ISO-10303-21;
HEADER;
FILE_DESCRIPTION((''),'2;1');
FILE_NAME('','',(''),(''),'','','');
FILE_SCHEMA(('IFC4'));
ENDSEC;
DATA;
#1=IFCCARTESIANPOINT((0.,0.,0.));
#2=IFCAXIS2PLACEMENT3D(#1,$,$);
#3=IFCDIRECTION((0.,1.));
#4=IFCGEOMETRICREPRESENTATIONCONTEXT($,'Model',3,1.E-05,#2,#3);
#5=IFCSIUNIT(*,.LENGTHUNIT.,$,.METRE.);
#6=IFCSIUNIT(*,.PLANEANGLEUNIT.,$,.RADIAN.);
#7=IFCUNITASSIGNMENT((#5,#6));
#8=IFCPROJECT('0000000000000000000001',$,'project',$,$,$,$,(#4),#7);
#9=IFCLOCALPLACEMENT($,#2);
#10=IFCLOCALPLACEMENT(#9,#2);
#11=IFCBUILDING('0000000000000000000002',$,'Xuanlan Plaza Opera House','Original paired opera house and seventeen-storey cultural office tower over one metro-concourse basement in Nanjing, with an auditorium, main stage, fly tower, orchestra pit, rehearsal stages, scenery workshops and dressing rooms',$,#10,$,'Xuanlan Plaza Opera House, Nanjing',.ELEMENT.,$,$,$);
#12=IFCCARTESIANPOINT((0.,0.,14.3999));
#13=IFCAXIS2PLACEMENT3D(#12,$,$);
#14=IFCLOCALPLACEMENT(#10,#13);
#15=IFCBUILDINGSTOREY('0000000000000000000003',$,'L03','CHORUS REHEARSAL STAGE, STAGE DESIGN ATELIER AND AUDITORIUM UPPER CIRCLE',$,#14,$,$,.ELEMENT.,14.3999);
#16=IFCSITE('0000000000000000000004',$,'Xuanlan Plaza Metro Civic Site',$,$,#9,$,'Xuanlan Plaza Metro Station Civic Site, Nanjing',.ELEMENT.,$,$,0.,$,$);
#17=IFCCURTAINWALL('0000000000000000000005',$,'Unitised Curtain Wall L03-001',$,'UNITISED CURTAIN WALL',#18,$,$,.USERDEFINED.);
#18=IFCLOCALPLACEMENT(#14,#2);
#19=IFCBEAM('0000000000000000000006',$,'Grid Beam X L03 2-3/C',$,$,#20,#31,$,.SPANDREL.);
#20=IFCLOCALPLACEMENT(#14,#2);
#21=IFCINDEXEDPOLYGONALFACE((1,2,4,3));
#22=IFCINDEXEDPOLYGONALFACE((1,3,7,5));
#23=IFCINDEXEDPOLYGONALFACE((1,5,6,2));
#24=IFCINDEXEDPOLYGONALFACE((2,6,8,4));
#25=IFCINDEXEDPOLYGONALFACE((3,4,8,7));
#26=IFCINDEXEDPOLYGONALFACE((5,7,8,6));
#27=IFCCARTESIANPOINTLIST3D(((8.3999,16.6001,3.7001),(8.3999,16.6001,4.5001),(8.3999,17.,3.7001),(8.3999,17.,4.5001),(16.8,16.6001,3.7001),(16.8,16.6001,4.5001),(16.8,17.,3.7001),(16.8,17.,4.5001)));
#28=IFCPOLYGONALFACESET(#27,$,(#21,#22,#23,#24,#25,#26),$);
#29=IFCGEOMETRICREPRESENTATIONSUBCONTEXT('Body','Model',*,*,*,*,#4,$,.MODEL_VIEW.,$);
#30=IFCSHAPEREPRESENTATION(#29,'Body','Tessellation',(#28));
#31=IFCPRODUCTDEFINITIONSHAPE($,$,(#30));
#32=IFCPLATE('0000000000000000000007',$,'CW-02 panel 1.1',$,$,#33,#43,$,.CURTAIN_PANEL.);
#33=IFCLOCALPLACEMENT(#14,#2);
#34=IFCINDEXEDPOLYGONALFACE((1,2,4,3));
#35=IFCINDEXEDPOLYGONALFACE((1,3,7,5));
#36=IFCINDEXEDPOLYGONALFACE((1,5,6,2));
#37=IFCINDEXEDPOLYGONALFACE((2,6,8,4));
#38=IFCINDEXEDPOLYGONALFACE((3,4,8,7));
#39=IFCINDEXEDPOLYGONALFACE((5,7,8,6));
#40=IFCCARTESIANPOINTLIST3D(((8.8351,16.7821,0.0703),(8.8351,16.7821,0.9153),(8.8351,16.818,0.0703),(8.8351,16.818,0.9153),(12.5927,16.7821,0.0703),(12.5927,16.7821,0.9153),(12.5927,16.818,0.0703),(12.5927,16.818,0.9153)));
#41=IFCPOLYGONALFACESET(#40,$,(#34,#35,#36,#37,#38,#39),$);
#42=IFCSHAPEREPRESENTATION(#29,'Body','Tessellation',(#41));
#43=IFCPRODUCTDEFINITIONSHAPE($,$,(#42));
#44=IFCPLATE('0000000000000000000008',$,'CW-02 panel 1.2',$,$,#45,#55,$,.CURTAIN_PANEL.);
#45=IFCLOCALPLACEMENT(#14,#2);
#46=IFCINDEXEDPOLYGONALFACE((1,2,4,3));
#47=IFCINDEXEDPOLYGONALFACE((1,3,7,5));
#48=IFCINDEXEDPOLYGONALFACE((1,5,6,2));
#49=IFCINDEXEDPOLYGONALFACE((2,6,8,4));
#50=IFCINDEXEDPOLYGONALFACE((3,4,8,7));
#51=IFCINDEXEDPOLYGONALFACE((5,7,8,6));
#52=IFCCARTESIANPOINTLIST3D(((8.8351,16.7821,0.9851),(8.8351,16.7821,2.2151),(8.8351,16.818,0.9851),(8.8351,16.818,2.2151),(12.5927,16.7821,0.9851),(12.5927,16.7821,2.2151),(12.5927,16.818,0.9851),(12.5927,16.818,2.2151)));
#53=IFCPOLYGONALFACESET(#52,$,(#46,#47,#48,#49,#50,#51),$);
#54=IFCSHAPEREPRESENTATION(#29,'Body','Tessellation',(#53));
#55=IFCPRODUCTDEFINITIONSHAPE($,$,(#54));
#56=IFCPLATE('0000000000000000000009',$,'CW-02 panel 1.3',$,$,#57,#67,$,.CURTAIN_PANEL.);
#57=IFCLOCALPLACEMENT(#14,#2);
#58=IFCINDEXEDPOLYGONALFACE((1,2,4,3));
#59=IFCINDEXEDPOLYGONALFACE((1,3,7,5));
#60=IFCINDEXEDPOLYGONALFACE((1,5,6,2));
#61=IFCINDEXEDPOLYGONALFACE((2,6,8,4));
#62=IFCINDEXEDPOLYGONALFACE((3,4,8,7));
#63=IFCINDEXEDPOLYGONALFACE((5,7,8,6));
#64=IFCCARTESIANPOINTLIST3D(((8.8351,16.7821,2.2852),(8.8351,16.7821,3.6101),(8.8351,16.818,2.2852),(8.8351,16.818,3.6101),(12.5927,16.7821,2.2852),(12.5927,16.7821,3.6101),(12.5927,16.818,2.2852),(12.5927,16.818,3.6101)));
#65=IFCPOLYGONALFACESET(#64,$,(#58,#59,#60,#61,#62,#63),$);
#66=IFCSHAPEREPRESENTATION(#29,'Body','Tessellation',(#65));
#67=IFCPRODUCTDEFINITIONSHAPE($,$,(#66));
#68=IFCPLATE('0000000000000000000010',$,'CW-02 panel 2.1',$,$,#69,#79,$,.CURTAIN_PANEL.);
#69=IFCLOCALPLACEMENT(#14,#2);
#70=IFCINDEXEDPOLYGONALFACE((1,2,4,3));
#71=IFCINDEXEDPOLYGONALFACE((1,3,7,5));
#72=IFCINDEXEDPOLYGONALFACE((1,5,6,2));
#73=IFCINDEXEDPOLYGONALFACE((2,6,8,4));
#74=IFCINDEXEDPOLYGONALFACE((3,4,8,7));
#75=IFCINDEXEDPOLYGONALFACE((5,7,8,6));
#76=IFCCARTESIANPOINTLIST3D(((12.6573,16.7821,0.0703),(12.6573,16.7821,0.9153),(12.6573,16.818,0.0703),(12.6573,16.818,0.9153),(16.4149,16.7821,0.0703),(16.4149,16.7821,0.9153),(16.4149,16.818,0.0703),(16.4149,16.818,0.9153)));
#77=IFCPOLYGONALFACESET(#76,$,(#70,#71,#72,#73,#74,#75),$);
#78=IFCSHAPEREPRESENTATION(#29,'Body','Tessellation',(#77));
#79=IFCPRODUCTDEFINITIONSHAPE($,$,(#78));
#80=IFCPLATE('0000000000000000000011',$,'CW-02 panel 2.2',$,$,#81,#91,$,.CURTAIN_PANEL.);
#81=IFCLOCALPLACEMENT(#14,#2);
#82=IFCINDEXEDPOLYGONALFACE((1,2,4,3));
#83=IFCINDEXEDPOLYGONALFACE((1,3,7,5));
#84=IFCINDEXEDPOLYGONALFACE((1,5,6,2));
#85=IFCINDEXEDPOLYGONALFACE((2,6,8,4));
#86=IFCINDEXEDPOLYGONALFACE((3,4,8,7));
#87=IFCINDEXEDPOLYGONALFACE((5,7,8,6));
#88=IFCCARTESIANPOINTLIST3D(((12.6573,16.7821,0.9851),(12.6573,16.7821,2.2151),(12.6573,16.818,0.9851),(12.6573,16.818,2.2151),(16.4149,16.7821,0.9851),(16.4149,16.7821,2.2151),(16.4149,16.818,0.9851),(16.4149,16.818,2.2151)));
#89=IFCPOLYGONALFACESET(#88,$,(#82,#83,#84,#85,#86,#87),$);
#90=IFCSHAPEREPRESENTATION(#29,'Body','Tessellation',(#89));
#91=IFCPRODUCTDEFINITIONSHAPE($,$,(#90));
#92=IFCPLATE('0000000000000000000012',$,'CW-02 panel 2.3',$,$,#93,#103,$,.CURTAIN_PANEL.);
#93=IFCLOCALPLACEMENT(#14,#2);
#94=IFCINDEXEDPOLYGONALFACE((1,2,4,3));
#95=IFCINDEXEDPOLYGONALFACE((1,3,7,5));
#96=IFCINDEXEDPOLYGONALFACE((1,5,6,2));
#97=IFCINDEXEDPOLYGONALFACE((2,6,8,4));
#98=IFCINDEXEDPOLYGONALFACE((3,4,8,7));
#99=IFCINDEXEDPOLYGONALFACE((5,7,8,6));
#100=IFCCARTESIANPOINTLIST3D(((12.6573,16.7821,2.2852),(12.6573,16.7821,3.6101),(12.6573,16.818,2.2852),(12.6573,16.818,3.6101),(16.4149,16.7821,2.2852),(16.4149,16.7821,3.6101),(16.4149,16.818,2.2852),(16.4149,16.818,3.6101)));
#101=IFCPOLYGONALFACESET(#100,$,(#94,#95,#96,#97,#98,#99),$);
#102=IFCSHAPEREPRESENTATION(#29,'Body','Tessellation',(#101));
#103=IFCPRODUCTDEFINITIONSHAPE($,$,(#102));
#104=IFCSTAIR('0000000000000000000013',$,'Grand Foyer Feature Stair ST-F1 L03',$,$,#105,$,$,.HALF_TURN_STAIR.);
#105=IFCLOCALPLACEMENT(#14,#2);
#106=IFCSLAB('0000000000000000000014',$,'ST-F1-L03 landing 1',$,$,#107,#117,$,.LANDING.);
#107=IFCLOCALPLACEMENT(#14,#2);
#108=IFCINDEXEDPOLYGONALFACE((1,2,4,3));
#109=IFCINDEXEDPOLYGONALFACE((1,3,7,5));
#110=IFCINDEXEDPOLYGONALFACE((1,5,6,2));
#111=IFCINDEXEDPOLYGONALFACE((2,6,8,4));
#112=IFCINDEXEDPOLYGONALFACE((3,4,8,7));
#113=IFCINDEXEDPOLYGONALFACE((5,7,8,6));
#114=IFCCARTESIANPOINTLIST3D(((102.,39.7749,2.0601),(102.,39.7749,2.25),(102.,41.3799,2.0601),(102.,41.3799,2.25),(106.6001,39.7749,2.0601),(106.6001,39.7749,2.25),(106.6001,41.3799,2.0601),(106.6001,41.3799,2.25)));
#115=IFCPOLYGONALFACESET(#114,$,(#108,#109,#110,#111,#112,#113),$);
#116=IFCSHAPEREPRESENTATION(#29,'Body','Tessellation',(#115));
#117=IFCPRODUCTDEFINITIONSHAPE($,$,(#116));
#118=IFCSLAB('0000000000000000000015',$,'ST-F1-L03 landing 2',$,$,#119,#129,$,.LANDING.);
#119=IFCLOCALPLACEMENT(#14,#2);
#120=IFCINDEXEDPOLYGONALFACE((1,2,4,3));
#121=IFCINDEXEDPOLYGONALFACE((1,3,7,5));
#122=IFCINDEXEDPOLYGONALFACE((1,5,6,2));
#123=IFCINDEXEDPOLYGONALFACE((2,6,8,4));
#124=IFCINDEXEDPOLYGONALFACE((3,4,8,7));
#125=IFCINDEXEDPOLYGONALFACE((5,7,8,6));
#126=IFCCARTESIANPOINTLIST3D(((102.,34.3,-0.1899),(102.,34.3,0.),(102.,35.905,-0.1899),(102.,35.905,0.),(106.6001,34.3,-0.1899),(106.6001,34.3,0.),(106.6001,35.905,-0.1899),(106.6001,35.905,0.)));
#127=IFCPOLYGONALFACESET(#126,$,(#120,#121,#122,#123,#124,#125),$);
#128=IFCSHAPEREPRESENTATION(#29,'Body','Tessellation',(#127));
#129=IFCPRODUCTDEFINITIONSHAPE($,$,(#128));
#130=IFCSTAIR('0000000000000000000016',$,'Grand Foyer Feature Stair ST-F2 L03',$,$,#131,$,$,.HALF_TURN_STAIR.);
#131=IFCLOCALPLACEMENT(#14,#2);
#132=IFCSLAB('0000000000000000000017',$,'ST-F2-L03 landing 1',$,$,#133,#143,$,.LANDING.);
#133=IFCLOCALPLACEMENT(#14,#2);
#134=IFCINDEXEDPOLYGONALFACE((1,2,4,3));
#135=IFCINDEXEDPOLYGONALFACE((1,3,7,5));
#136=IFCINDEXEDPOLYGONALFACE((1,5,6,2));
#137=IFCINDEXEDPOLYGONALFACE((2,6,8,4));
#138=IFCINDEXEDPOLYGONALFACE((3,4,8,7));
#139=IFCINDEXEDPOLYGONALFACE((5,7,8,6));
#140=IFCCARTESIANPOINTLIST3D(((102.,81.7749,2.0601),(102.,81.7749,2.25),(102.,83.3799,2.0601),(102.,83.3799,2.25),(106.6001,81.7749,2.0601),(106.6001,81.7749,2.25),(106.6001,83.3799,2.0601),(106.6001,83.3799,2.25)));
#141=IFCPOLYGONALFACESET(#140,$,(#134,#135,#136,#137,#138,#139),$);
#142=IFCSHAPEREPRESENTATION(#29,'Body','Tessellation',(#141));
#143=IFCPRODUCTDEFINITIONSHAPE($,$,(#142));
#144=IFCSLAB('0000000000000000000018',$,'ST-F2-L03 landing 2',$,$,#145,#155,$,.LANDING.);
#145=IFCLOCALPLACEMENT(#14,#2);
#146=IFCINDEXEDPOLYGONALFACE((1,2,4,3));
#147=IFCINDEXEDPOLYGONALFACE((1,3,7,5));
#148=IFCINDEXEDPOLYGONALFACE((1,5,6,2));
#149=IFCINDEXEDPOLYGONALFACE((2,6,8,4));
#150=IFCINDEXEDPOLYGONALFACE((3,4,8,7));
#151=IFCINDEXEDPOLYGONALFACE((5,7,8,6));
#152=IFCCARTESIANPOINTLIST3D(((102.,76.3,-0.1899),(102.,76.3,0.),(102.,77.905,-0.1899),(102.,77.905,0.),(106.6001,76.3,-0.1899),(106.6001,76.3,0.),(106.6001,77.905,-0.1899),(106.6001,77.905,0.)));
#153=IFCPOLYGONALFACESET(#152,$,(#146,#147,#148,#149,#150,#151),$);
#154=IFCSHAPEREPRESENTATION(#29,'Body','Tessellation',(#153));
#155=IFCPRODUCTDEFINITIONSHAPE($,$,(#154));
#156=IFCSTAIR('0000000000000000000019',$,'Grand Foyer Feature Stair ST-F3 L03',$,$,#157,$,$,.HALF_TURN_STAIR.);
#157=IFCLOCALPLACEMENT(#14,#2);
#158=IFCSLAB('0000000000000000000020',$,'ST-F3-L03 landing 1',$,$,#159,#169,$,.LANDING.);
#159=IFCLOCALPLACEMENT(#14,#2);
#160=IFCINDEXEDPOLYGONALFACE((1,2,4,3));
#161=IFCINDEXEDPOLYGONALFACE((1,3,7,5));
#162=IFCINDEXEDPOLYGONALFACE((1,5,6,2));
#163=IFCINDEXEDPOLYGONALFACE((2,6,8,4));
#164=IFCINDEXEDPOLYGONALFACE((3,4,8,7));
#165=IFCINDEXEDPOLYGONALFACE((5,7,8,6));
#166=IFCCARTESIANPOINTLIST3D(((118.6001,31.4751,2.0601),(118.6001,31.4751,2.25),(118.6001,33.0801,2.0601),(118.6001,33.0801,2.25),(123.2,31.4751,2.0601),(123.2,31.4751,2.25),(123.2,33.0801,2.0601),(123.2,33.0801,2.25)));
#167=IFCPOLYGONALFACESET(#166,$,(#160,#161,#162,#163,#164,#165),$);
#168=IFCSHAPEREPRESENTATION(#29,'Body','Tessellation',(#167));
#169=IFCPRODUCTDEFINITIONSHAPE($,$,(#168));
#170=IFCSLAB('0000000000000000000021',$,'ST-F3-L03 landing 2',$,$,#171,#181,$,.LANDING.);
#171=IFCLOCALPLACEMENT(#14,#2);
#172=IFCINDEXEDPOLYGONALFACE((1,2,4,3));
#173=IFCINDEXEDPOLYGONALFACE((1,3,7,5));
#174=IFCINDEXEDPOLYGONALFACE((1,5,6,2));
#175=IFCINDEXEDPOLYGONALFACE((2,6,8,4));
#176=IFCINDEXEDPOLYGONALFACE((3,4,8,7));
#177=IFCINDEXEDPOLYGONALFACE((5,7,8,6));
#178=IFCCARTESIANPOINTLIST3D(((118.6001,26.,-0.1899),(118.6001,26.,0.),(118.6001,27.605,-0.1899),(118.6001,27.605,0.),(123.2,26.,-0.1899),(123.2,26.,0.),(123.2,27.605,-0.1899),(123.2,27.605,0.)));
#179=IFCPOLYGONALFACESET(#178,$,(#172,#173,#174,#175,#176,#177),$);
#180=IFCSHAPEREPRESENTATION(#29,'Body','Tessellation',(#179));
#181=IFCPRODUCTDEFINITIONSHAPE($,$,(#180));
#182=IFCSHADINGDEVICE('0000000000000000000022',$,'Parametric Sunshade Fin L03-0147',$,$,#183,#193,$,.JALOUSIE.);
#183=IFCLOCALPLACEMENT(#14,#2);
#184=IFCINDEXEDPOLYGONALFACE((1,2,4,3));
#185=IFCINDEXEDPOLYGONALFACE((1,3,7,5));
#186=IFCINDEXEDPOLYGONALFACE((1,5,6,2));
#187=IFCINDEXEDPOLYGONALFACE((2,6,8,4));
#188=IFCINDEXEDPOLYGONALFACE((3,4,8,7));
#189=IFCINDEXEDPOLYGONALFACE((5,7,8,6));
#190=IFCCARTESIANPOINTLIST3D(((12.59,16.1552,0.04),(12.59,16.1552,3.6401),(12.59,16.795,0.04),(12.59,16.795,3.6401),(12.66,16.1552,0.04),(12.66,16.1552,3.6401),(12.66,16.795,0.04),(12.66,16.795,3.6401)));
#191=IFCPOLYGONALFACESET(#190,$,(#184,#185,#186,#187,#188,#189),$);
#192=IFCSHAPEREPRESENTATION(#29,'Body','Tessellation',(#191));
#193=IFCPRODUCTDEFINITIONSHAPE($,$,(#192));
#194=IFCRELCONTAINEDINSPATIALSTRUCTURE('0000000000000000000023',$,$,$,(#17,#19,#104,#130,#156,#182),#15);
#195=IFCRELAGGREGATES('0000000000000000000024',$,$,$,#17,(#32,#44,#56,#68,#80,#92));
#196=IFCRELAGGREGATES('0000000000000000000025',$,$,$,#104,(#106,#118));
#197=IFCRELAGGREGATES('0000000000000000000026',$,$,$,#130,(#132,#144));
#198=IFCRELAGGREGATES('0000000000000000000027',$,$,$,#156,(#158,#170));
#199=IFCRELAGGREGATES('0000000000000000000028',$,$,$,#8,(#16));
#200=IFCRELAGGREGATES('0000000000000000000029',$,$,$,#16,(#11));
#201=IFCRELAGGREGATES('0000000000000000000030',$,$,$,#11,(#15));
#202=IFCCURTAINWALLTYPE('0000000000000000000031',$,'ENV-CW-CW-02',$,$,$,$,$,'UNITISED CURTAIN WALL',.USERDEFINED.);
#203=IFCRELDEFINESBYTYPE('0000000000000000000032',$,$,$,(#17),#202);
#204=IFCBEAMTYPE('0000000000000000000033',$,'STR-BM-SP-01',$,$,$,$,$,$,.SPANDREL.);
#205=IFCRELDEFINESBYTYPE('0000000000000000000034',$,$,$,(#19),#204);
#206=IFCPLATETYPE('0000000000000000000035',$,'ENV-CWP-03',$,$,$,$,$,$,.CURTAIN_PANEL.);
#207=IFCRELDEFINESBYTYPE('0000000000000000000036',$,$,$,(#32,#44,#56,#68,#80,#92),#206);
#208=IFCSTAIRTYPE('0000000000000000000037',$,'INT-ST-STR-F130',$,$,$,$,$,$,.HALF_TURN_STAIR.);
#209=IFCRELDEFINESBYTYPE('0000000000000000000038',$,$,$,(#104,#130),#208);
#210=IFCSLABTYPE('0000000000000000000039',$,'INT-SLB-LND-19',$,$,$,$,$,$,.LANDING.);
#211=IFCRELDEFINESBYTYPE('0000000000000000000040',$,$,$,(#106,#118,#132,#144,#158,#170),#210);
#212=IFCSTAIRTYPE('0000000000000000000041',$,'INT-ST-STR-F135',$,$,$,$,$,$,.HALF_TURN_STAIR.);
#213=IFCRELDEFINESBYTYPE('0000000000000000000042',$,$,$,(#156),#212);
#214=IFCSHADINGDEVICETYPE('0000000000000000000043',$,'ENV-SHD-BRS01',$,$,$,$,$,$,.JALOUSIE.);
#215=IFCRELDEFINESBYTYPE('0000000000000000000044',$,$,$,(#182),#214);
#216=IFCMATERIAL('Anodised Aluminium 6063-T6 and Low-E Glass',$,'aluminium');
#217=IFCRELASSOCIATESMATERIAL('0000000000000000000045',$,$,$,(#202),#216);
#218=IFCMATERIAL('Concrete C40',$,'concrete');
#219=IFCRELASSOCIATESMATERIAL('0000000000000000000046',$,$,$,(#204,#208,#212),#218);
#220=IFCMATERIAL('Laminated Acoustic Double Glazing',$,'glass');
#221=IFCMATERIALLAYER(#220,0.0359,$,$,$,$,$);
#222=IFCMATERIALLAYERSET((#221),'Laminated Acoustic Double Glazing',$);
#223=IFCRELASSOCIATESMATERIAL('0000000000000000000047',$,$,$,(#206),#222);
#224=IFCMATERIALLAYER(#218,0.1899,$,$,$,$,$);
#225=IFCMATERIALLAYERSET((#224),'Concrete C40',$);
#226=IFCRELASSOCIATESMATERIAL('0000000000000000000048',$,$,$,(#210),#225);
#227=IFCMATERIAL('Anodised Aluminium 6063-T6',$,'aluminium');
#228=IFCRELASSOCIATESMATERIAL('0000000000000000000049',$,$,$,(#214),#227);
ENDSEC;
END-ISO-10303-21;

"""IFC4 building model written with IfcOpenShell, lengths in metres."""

from ifc_helpers import new_model, si_unit, direction, frame, origin, origin_2d, place, context, subcontext, project, spatial, polyline, rectangle, outline, extrude, material, layer, layer_set, material_profile, profile_set, type_object, element, aggregate, save


model = new_model("IFC4")

# Units and contexts
model_context = context("Model", 3, precision=1e-05, world=origin(), true_north=direction((0.0, 1.0)))
body_context = subcontext(model_context, "Body", "Model", "MODEL_VIEW")
ifc_project = project(units=[si_unit("LENGTHUNIT", "METRE"), si_unit("PLANEANGLEUNIT", "RADIAN")], contexts=[model_context])

# Site, building, storey
site_placement = place(None, origin())
site = spatial("IfcSite", under=ifc_project, at=site_placement, Name="Xuanlan Plaza Metro Civic Site", LongName="Xuanlan Plaza Metro Station Civic Site, Nanjing", CompositionType="ELEMENT", RefElevation=0.0)
building_placement = place(site_placement, origin())
building = spatial("IfcBuilding", under=site, at=building_placement, Name="Xuanlan Plaza Opera House", Description="Original paired opera house and seventeen-storey cultural office tower over one metro-concourse basement in Nanjing, with an auditorium, main stage, fly tower, orchestra pit, rehearsal stages, scenery workshops and dressing rooms", LongName="Xuanlan Plaza Opera House, Nanjing", CompositionType="ELEMENT")
storey_placement = place(building_placement, frame((0.0, 0.0, 14.3999)))
storey = spatial("IfcBuildingStorey", under=building, at=storey_placement, Name="L03", Description="CHORUS REHEARSAL STAGE, STAGE DESIGN ATELIER AND AUDITORIUM UPPER CIRCLE", CompositionType="ELEMENT", Elevation=14.3999)

# Shared definitions
ifc_material_1 = material(Name="Concrete C40", Category="concrete")

# Curtain wall
ifc_material_2 = material(Name="Anodised Aluminium 6063-T6 and Low-E Glass", Category="aluminium")
curtain_wall_type = type_object("IfcCurtainWallType", Name="ENV-CW-CW-02", ElementType="UNITISED CURTAIN WALL", PredefinedType="USERDEFINED", material=ifc_material_2)
curtain_wall_placement = place(storey_placement, origin())
curtain_wall = element("IfcCurtainWall", 1, at=curtain_wall_placement, inside=storey, type_object=curtain_wall_type, Name="Unitised Curtain Wall L03-001", ObjectType="UNITISED CURTAIN WALL", PredefinedType="USERDEFINED")
ifc_material_3 = material(Name="Anodised Aluminium 6063-T6", Category="aluminium")

# Beam
ifc_material_profile_1 = material_profile(ifc_material_1, rectangle(XDim=0.3999, YDim=0.8, at=origin_2d()), Name="RC-SPD 400x800")
ifc_profile_set_1 = profile_set([ifc_material_profile_1], Name="Concrete C40")
beam_type_1 = type_object("IfcBeamType", Name="STR-BM-SP-01", PredefinedType="SPANDREL", material=ifc_profile_set_1)
beam_1_placement = place(storey_placement, frame((8.3999, 16.8, 4.1001), z_axis=(1.0, 0.0, 0.0), x_axis=(0.0, 1.0, 0.0)))
element("IfcBeam", 2, at=beam_1_placement, inside=storey, type_object=beam_type_1, Name="Grid Beam X L03 2-3/C", PredefinedType="SPANDREL", context=body_context, shape_type="SweptSolid", body=[
    extrude(rectangle(XDim=0.3999, YDim=0.8, at=origin_2d()), origin(), (0.0, 0.0, 1.0), 8.4001),
])

# Plates
ifc_material_4 = material(Name="Laminated Acoustic Double Glazing", Category="glass")
ifc_layer_1 = layer(ifc_material_4, 0.0359)
ifc_layer_set_1 = layer_set([ifc_layer_1], Name="Laminated Acoustic Double Glazing")
plate_type = type_object("IfcPlateType", Name="ENV-CWP-03", PredefinedType="CURTAIN_PANEL", material=ifc_layer_set_1)
plate_1_placement = place(storey_placement, frame((10.7139, 16.8, 0.0703), z_axis=(0.0, 0.0, 1.0), x_axis=(1.0, 0.0, 0.0)))
plate_1 = element("IfcPlate", 3, at=plate_1_placement, type_object=plate_type, Name="CW-02 panel 1.1", PredefinedType="CURTAIN_PANEL", context=body_context, shape_type="SweptSolid", body=[
    extrude(rectangle(XDim=3.7576, YDim=0.0359, at=origin_2d()), origin(), (0.0, 0.0, 1.0), 0.845),
])
plate_2_placement = place(storey_placement, frame((10.7139, 16.8, 0.9851), z_axis=(0.0, 0.0, 1.0), x_axis=(1.0, 0.0, 0.0)))
plate_2 = element("IfcPlate", 4, at=plate_2_placement, type_object=plate_type, Name="CW-02 panel 1.2", PredefinedType="CURTAIN_PANEL", context=body_context, shape_type="SweptSolid", body=[
    extrude(rectangle(XDim=3.7576, YDim=0.0359, at=origin_2d()), origin(), (0.0, 0.0, 1.0), 1.23),
])
plate_3_placement = place(storey_placement, frame((10.7139, 16.8, 2.2852), z_axis=(0.0, 0.0, 1.0), x_axis=(1.0, 0.0, 0.0)))
plate_3 = element("IfcPlate", 5, at=plate_3_placement, type_object=plate_type, Name="CW-02 panel 1.3", PredefinedType="CURTAIN_PANEL", context=body_context, shape_type="SweptSolid", body=[
    extrude(rectangle(XDim=3.7576, YDim=0.0359, at=origin_2d()), origin(), (0.0, 0.0, 1.0), 1.325),
])
plate_4_placement = place(storey_placement, frame((14.5361, 16.8, 0.0703), z_axis=(0.0, 0.0, 1.0), x_axis=(1.0, 0.0, 0.0)))
plate_4 = element("IfcPlate", 6, at=plate_4_placement, type_object=plate_type, Name="CW-02 panel 2.1", PredefinedType="CURTAIN_PANEL", context=body_context, shape_type="SweptSolid", body=[
    extrude(rectangle(XDim=3.7576, YDim=0.0359, at=origin_2d()), origin(), (0.0, 0.0, 1.0), 0.845),
])
plate_5_placement = place(storey_placement, frame((14.5361, 16.8, 0.9851), z_axis=(0.0, 0.0, 1.0), x_axis=(1.0, 0.0, 0.0)))
plate_5 = element("IfcPlate", 7, at=plate_5_placement, type_object=plate_type, Name="CW-02 panel 2.2", PredefinedType="CURTAIN_PANEL", context=body_context, shape_type="SweptSolid", body=[
    extrude(rectangle(XDim=3.7576, YDim=0.0359, at=origin_2d()), origin(), (0.0, 0.0, 1.0), 1.23),
])
plate_6_placement = place(storey_placement, frame((14.5361, 16.8, 2.2852), z_axis=(0.0, 0.0, 1.0), x_axis=(1.0, 0.0, 0.0)))
plate_6 = element("IfcPlate", 8, at=plate_6_placement, type_object=plate_type, Name="CW-02 panel 2.3", PredefinedType="CURTAIN_PANEL", context=body_context, shape_type="SweptSolid", body=[
    extrude(rectangle(XDim=3.7576, YDim=0.0359, at=origin_2d()), origin(), (0.0, 0.0, 1.0), 1.325),
])
aggregate(curtain_wall, [plate_1, plate_2, plate_3, plate_4, plate_5, plate_6])

# Stairs, slabs
stair_type_1 = type_object("IfcStairType", Name="INT-ST-STR-F130", PredefinedType="HALF_TURN_STAIR", material=ifc_material_1)
stair_1_placement = place(storey_placement, origin())
stair_1 = element("IfcStair", 9, at=stair_1_placement, inside=storey, type_object=stair_type_1, Name="Grand Foyer Feature Stair ST-F1 L03", PredefinedType="HALF_TURN_STAIR")
ifc_layer_2 = layer(ifc_material_1, 0.1899)
ifc_layer_set_2 = layer_set([ifc_layer_2], Name="Concrete C40")
slab_type = type_object("IfcSlabType", Name="INT-SLB-LND-19", PredefinedType="LANDING", material=ifc_layer_set_2)
slab_1_placement = place(storey_placement, frame((0.0, 0.0, 2.0601)))
slab_1 = element("IfcSlab", 10, at=slab_1_placement, type_object=slab_type, Name="ST-F1-L03 landing 1", PredefinedType="LANDING", context=body_context, shape_type="SweptSolid", body=[
    extrude(outline(polyline([(102.0, 39.7749), (106.6001, 39.7749), (106.6001, 41.3799), (102.0, 41.3799), (102.0, 39.7749)])), origin(), (0.0, 0.0, 1.0), 0.1899),
])
slab_2_placement = place(storey_placement, frame((0.0, 0.0, -0.1899)))
slab_2 = element("IfcSlab", 11, at=slab_2_placement, type_object=slab_type, Name="ST-F1-L03 landing 2", PredefinedType="LANDING", context=body_context, shape_type="SweptSolid", body=[
    extrude(outline(polyline([(102.0, 34.3), (106.6001, 34.3), (106.6001, 35.905), (102.0, 35.905), (102.0, 34.3)])), origin(), (0.0, 0.0, 1.0), 0.1899),
])
aggregate(stair_1, [slab_1, slab_2])
stair_2_placement = place(storey_placement, origin())
stair_2 = element("IfcStair", 12, at=stair_2_placement, inside=storey, type_object=stair_type_1, Name="Grand Foyer Feature Stair ST-F2 L03", PredefinedType="HALF_TURN_STAIR")
slab_3_placement = place(storey_placement, frame((0.0, 0.0, 2.0601)))
slab_3 = element("IfcSlab", 13, at=slab_3_placement, type_object=slab_type, Name="ST-F2-L03 landing 1", PredefinedType="LANDING", context=body_context, shape_type="SweptSolid", body=[
    extrude(outline(polyline([(102.0, 81.7749), (106.6001, 81.7749), (106.6001, 83.3799), (102.0, 83.3799), (102.0, 81.7749)])), origin(), (0.0, 0.0, 1.0), 0.1899),
])
slab_4_placement = place(storey_placement, frame((0.0, 0.0, -0.1899)))
slab_4 = element("IfcSlab", 14, at=slab_4_placement, type_object=slab_type, Name="ST-F2-L03 landing 2", PredefinedType="LANDING", context=body_context, shape_type="SweptSolid", body=[
    extrude(outline(polyline([(102.0, 76.3), (106.6001, 76.3), (106.6001, 77.905), (102.0, 77.905), (102.0, 76.3)])), origin(), (0.0, 0.0, 1.0), 0.1899),
])
aggregate(stair_2, [slab_3, slab_4])
stair_type_2 = type_object("IfcStairType", Name="INT-ST-STR-F135", PredefinedType="HALF_TURN_STAIR", material=ifc_material_1)
stair_3_placement = place(storey_placement, origin())
stair_3 = element("IfcStair", 15, at=stair_3_placement, inside=storey, type_object=stair_type_2, Name="Grand Foyer Feature Stair ST-F3 L03", PredefinedType="HALF_TURN_STAIR")
slab_5_placement = place(storey_placement, frame((0.0, 0.0, 2.0601)))
slab_5 = element("IfcSlab", 16, at=slab_5_placement, type_object=slab_type, Name="ST-F3-L03 landing 1", PredefinedType="LANDING", context=body_context, shape_type="SweptSolid", body=[
    extrude(outline(polyline([(118.6001, 31.4751), (123.2, 31.4751), (123.2, 33.0801), (118.6001, 33.0801), (118.6001, 31.4751)])), origin(), (0.0, 0.0, 1.0), 0.1899),
])
slab_6_placement = place(storey_placement, frame((0.0, 0.0, -0.1899)))
slab_6 = element("IfcSlab", 17, at=slab_6_placement, type_object=slab_type, Name="ST-F3-L03 landing 2", PredefinedType="LANDING", context=body_context, shape_type="SweptSolid", body=[
    extrude(outline(polyline([(118.6001, 26.0), (123.2, 26.0), (123.2, 27.605), (118.6001, 27.605), (118.6001, 26.0)])), origin(), (0.0, 0.0, 1.0), 0.1899),
])
aggregate(stair_3, [slab_5, slab_6])

# Shading device
shading_device_type = type_object("IfcShadingDeviceType", Name="ENV-SHD-BRS01", PredefinedType="JALOUSIE", material=ifc_material_3)
shading_device_placement = place(storey_placement, frame((12.625, 16.4751, 0.04), z_axis=(0.0, 0.0, 1.0), x_axis=(0.0, -1.0, 0.0)))
element("IfcShadingDevice", 18, at=shading_device_placement, inside=storey, type_object=shading_device_type, Name="Parametric Sunshade Fin L03-0147", PredefinedType="JALOUSIE", context=body_context, shape_type="SweptSolid", body=[
    extrude(rectangle(XDim=0.6399, YDim=0.0701, at=origin_2d()), origin(), (0.0, 0.0, 1.0), 3.6001),
])

save(model, "model.ifc")
